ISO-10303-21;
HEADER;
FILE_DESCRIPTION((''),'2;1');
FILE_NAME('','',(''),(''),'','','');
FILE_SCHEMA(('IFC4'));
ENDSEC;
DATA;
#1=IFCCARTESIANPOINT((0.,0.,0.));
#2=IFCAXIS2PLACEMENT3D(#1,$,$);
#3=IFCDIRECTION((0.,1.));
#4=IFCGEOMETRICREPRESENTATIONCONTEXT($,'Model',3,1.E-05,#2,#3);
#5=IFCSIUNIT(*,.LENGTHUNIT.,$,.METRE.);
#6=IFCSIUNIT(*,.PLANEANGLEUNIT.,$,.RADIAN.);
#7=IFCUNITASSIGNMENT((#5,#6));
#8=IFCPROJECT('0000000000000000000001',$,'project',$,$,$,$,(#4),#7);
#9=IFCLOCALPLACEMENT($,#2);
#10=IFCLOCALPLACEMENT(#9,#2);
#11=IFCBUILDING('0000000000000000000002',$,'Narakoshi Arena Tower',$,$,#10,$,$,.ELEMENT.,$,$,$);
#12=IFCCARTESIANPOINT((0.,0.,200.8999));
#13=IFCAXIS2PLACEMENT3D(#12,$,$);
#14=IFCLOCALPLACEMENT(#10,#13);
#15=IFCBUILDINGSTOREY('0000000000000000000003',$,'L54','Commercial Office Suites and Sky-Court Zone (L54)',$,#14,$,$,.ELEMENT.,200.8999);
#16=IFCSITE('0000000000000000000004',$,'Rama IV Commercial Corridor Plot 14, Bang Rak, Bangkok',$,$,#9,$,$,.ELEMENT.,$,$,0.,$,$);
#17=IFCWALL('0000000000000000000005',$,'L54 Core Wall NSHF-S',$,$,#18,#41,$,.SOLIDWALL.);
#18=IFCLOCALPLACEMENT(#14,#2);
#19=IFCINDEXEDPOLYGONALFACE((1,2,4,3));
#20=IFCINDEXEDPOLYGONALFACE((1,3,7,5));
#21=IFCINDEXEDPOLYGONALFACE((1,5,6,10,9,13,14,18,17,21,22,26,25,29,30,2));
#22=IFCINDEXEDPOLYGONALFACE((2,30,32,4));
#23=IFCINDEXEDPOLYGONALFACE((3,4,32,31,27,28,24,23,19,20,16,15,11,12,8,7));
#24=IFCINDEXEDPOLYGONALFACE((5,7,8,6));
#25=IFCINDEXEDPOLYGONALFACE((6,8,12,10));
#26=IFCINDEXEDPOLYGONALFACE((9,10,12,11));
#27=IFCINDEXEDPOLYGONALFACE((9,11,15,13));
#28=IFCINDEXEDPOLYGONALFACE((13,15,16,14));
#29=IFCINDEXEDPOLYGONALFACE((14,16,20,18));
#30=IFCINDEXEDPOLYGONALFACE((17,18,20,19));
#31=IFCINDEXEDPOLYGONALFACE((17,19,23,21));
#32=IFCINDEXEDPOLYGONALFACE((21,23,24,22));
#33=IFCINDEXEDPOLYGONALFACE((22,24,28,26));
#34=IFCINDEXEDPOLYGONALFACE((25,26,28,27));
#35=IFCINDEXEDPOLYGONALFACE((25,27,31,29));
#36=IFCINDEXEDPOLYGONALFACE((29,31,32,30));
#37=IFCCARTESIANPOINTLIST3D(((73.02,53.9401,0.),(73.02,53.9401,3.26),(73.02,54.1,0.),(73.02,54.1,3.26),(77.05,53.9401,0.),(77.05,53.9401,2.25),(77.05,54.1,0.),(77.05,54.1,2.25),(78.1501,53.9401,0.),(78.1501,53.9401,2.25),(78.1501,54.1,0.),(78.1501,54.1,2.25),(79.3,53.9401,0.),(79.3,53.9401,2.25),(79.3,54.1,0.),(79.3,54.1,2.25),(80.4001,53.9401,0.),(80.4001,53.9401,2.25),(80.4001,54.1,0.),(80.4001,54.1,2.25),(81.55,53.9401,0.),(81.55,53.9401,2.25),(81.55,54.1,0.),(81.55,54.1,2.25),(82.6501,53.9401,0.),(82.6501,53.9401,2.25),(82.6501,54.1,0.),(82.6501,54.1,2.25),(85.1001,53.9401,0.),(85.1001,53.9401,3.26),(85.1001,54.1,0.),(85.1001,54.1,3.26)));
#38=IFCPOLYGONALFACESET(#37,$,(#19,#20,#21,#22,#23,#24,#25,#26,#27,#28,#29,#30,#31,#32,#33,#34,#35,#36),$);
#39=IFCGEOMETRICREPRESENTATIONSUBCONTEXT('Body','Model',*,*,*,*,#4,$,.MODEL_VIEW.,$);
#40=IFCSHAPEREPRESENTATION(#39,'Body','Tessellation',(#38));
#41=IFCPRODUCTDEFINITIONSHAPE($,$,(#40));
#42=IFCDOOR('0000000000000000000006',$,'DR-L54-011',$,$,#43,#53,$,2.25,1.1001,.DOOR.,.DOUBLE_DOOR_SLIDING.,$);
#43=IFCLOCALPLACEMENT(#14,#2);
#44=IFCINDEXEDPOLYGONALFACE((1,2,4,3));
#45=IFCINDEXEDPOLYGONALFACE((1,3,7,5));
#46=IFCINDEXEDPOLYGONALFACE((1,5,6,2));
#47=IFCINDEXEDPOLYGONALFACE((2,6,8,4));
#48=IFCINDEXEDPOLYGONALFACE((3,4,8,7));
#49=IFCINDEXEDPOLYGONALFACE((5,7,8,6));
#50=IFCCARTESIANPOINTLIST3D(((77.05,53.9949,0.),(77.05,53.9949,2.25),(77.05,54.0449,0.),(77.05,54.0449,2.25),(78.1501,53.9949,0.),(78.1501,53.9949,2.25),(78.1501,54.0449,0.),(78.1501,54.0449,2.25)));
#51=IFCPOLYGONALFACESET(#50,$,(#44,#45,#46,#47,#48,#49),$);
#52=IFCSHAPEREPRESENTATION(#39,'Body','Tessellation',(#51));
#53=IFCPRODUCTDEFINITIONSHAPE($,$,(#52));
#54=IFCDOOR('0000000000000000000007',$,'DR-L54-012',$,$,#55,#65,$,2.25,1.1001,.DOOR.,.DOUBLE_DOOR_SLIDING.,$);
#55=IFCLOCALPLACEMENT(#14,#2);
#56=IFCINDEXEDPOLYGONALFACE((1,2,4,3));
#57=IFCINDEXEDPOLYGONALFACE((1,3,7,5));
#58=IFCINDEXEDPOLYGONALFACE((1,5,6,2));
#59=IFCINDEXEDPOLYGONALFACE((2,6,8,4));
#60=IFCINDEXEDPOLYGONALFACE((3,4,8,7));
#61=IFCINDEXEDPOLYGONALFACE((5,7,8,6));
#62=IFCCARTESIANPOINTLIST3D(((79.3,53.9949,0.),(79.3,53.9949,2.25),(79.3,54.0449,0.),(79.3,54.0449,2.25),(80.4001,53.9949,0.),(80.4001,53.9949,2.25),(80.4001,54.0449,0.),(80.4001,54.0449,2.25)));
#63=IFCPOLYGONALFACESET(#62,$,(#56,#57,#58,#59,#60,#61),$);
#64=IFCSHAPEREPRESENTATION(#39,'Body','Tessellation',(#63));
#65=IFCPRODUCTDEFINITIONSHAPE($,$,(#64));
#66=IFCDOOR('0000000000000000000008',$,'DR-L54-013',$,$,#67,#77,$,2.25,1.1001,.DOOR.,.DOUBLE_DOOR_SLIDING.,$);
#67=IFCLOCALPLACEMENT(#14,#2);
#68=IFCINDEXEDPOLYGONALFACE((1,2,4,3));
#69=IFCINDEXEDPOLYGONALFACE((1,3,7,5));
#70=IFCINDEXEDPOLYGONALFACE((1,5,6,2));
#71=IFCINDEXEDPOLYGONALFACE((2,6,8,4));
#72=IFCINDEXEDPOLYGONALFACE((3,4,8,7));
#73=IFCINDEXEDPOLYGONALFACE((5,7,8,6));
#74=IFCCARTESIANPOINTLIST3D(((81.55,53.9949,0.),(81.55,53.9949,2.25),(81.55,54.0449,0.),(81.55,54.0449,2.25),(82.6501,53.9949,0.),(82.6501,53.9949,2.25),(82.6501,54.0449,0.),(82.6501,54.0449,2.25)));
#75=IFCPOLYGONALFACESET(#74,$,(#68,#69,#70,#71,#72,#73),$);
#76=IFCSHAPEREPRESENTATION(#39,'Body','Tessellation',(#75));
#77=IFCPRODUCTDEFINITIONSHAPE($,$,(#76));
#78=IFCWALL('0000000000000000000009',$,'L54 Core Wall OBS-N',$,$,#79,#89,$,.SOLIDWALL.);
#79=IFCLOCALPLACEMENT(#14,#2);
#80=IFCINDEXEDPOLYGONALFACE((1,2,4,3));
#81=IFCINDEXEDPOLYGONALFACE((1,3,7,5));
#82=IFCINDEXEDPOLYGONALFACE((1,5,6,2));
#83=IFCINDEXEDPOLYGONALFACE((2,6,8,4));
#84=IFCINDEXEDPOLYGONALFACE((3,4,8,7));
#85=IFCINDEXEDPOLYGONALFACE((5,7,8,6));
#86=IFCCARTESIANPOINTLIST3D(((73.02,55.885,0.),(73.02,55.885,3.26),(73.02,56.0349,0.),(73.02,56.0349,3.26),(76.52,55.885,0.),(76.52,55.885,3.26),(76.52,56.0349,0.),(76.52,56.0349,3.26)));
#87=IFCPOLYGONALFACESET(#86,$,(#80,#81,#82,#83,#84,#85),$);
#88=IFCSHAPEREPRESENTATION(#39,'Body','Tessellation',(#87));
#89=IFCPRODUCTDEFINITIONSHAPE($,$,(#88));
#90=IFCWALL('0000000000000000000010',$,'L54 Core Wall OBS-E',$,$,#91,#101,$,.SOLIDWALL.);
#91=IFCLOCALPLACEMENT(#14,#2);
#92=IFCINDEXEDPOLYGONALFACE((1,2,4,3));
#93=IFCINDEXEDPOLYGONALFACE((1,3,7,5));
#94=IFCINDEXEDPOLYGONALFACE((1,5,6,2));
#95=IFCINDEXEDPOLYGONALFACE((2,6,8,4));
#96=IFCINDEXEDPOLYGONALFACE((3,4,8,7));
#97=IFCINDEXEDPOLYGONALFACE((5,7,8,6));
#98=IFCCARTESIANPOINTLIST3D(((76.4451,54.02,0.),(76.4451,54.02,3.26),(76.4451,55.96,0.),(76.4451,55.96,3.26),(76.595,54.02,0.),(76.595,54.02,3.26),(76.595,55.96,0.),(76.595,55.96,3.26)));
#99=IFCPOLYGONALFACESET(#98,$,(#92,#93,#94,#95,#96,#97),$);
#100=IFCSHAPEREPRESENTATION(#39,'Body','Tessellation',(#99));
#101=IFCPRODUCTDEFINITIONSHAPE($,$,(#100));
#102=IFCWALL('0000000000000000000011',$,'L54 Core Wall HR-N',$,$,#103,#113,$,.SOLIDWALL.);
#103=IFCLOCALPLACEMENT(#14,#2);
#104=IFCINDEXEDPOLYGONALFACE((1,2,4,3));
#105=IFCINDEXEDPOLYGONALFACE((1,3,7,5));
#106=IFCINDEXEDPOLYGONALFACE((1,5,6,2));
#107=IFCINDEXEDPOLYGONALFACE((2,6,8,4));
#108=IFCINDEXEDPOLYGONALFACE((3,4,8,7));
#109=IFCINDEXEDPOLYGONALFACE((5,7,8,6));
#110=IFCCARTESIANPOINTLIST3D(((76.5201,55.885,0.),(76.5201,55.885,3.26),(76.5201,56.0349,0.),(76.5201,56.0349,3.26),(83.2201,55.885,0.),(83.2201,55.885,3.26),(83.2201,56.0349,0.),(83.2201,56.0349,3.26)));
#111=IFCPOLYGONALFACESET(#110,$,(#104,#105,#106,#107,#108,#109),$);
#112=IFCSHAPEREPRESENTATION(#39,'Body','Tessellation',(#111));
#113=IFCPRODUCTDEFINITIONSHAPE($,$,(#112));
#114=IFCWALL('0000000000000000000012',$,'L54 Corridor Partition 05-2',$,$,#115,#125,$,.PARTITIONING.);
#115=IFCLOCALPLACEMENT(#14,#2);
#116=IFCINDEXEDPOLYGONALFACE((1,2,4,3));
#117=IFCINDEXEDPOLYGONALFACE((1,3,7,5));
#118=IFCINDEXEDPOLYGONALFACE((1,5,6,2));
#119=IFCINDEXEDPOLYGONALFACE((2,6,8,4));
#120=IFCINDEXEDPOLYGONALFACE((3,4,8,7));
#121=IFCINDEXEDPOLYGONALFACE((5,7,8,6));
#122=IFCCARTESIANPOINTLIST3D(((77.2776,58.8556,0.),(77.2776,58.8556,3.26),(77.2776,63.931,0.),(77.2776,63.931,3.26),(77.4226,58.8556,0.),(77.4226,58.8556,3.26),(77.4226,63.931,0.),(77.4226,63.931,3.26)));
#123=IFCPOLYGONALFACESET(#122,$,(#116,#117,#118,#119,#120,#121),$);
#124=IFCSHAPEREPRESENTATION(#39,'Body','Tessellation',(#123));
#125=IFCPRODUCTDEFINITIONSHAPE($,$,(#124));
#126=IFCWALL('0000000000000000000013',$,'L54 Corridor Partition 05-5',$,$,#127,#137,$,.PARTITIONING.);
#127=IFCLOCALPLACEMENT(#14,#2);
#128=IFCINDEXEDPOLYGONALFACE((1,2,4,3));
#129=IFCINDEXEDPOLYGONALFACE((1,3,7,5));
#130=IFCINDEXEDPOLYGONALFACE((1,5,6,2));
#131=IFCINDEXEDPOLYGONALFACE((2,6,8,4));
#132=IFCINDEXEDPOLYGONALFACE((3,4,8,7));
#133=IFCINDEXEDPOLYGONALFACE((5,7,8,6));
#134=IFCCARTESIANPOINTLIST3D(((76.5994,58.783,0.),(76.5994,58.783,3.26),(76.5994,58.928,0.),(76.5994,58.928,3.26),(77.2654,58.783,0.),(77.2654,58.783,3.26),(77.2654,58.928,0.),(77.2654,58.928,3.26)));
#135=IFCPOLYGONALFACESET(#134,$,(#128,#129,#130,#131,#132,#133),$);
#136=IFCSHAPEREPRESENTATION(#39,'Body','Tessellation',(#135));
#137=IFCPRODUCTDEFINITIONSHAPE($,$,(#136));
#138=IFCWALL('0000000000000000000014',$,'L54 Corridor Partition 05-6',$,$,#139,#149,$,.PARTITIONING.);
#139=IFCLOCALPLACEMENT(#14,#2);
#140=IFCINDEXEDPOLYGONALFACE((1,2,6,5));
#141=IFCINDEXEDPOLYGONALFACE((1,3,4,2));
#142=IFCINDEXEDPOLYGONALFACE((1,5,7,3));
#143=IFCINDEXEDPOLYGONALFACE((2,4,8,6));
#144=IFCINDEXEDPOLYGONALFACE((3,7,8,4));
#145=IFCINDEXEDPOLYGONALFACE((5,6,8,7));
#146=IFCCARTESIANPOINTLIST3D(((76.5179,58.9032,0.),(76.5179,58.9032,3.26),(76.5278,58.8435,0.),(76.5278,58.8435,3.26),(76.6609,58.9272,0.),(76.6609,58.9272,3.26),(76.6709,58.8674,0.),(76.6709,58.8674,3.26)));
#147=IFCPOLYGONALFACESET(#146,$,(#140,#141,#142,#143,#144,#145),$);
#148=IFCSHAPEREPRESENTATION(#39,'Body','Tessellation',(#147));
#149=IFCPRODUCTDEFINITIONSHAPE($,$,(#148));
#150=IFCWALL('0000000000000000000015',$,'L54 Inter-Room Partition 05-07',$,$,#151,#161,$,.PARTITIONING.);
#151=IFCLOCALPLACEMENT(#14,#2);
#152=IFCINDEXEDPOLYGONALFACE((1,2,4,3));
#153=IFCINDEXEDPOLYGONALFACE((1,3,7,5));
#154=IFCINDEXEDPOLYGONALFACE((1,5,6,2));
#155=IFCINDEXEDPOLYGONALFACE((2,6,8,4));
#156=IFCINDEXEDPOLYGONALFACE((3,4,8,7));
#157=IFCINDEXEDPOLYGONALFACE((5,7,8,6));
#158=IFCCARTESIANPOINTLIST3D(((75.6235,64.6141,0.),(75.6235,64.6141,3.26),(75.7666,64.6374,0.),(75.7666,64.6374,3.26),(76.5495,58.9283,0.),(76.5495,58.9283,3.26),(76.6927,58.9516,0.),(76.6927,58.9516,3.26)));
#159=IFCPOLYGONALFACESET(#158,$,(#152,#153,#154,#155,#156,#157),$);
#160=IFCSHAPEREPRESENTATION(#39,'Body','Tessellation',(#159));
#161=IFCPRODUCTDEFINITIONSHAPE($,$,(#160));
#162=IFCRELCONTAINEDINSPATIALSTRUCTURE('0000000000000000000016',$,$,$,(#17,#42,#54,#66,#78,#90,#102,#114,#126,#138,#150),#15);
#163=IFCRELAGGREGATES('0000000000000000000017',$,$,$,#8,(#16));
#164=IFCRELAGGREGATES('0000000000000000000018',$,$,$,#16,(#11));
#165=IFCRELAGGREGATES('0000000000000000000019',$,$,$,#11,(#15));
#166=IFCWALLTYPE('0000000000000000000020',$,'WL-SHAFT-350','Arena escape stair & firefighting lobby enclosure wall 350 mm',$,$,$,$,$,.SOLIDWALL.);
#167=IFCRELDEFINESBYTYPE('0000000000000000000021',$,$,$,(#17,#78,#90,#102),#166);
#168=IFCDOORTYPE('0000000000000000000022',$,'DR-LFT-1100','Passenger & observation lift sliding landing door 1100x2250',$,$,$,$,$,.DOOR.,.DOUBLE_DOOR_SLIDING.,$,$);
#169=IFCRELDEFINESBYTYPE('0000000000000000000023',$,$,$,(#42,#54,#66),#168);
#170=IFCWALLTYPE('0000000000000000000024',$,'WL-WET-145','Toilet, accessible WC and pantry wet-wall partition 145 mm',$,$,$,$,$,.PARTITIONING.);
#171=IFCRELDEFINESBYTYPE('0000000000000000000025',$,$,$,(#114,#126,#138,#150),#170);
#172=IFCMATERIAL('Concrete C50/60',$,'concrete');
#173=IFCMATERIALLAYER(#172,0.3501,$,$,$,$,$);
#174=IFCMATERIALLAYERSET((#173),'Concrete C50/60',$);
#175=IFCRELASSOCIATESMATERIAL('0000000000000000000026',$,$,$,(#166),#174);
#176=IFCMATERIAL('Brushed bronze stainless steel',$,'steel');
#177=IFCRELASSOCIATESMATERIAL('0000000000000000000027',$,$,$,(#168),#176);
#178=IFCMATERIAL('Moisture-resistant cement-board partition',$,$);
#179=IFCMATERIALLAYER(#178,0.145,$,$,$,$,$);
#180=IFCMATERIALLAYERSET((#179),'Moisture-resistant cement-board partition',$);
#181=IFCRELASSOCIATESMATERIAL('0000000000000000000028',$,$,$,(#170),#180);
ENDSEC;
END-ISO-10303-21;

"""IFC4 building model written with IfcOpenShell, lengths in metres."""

from ifc_helpers import new_model, si_unit, direction, frame, frame_2d, origin, place, context, subcontext, project, spatial, rectangle, extrude, material, layer, layer_set, type_object, element, fill, save


model = new_model("IFC4")

# Units and contexts
model_context = context("Model", 3, precision=1e-05, world=origin(), true_north=direction((0.0, 1.0)))
body_context = subcontext(model_context, "Body", "Model", "MODEL_VIEW")
ifc_project = project(units=[si_unit("LENGTHUNIT", "METRE"), si_unit("PLANEANGLEUNIT", "RADIAN")], contexts=[model_context])

# Site, building, storey
site_placement = place(None, origin())
site = spatial("IfcSite", under=ifc_project, at=site_placement, Name="Rama IV Commercial Corridor Plot 14, Bang Rak, Bangkok", CompositionType="ELEMENT", RefElevation=0.0)
building_placement = place(site_placement, origin())
building = spatial("IfcBuilding", under=site, at=building_placement, Name="Narakoshi Arena Tower", CompositionType="ELEMENT")
storey_placement = place(building_placement, frame((0.0, 0.0, 200.8999)))
storey = spatial("IfcBuildingStorey", under=building, at=storey_placement, Name="L54", Description="Commercial Office Suites and Sky-Court Zone (L54)", CompositionType="ELEMENT", Elevation=200.8999)

# Shared definitions
ifc_material_1 = material(Name="Concrete C50/60", Category="concrete")
ifc_layer_1 = layer(ifc_material_1, 0.3501)
ifc_layer_set_1 = layer_set([ifc_layer_1], Name="Concrete C50/60")
wall_type_1 = type_object("IfcWallType", Name="WL-SHAFT-350", Description="Arena escape stair & firefighting lobby enclosure wall 350 mm", PredefinedType="SOLIDWALL", material=ifc_layer_set_1)

# Wall, openings, doors
wall_1_placement = place(storey_placement, frame((73.02, 54.02, 0.0), z_axis=(0.0, 0.0, 1.0), x_axis=(1.0, 0.0, 0.0)))
wall_1 = element("IfcWall", 1, at=wall_1_placement, inside=storey, type_object=wall_type_1, Name="L54 Core Wall NSHF-S", PredefinedType="SOLIDWALL", context=body_context, shape_type="SweptSolid", body=[
    extrude(rectangle(XDim=12.0801, YDim=0.1599, at=frame_2d((6.04, 0.0))), origin(), (0.0, 0.0, 1.0), 3.26),
])
opening_1_placement = place(wall_1_placement, frame((4.03, 0.0, 0.0)))
opening_1 = element("IfcOpeningElement", 2, at=opening_1_placement, cuts=wall_1, PredefinedType="OPENING", context=body_context, shape_type="SweptSolid", body=[
    extrude(rectangle(XDim=1.1001, YDim=2.25, at=frame_2d((0.55, 1.125))), frame((0.0, 0.0898, 0.0), z_axis=(0.0, -1.0, 0.0), x_axis=(1.0, 0.0, 0.0)), (0.0, 0.0, 1.0), 0.1799),
])
opening_2_placement = place(wall_1_placement, frame((6.28, 0.0, 0.0)))
opening_2 = element("IfcOpeningElement", 3, at=opening_2_placement, cuts=wall_1, PredefinedType="OPENING", context=body_context, shape_type="SweptSolid", body=[
    extrude(rectangle(XDim=1.1001, YDim=2.25, at=frame_2d((0.55, 1.125))), frame((0.0, 0.0898, 0.0), z_axis=(0.0, -1.0, 0.0), x_axis=(1.0, 0.0, 0.0)), (0.0, 0.0, 1.0), 0.1799),
])
opening_3_placement = place(wall_1_placement, frame((8.53, 0.0, 0.0)))
opening_3 = element("IfcOpeningElement", 4, at=opening_3_placement, cuts=wall_1, PredefinedType="OPENING", context=body_context, shape_type="SweptSolid", body=[
    extrude(rectangle(XDim=1.1001, YDim=2.25, at=frame_2d((0.55, 1.125))), frame((0.0, 0.0898, 0.0), z_axis=(0.0, -1.0, 0.0), x_axis=(1.0, 0.0, 0.0)), (0.0, 0.0, 1.0), 0.1799),
])
ifc_material_2 = material(Name="Brushed bronze stainless steel", Category="steel")
door_type_1 = type_object("IfcDoorType", Name="DR-LFT-1100", Description="Passenger & observation lift sliding landing door 1100x2250", OperationType="DOUBLE_DOOR_SLIDING", PredefinedType="DOOR", material=ifc_material_2)
door_1_placement = place(opening_1_placement, origin())
door_1 = element("IfcDoor", 5, at=door_1_placement, inside=storey, type_object=door_type_1, Name="DR-L54-011", OperationType="DOUBLE_DOOR_SLIDING", OverallHeight=2.25, OverallWidth=1.1001, PredefinedType="DOOR", context=body_context, shape_type="SweptSolid", body=[
    extrude(rectangle(XDim=1.1001, YDim=2.25, at=frame_2d((0.55, 1.125))), frame((0.0, 0.0249, 0.0), z_axis=(0.0, -1.0, 0.0), x_axis=(1.0, 0.0, 0.0)), (0.0, 0.0, 1.0), 0.05),
])
fill(opening_1, door_1)
door_2_placement = place(opening_2_placement, origin())
door_2 = element("IfcDoor", 6, at=door_2_placement, inside=storey, type_object=door_type_1, Name="DR-L54-012", OperationType="DOUBLE_DOOR_SLIDING", OverallHeight=2.25, OverallWidth=1.1001, PredefinedType="DOOR", context=body_context, shape_type="SweptSolid", body=[
    extrude(rectangle(XDim=1.1001, YDim=2.25, at=frame_2d((0.55, 1.125))), frame((0.0, 0.0249, 0.0), z_axis=(0.0, -1.0, 0.0), x_axis=(1.0, 0.0, 0.0)), (0.0, 0.0, 1.0), 0.05),
])
fill(opening_2, door_2)
door_3_placement = place(opening_3_placement, origin())
door_3 = element("IfcDoor", 7, at=door_3_placement, inside=storey, type_object=door_type_1, Name="DR-L54-013", OperationType="DOUBLE_DOOR_SLIDING", OverallHeight=2.25, OverallWidth=1.1001, PredefinedType="DOOR", context=body_context, shape_type="SweptSolid", body=[
    extrude(rectangle(XDim=1.1001, YDim=2.25, at=frame_2d((0.55, 1.125))), frame((0.0, 0.0249, 0.0), z_axis=(0.0, -1.0, 0.0), x_axis=(1.0, 0.0, 0.0)), (0.0, 0.0, 1.0), 0.05),
])
fill(opening_3, door_3)

# Walls
wall_2_placement = place(storey_placement, frame((73.02, 55.96, 0.0), z_axis=(0.0, 0.0, 1.0), x_axis=(1.0, 0.0, 0.0)))
element("IfcWall", 8, at=wall_2_placement, inside=storey, type_object=wall_type_1, Name="L54 Core Wall OBS-N", PredefinedType="SOLIDWALL", context=body_context, shape_type="SweptSolid", body=[
    extrude(rectangle(XDim=3.5, YDim=0.1499, at=frame_2d((1.75, 0.0))), origin(), (0.0, 0.0, 1.0), 3.26),
])
wall_3_placement = place(storey_placement, frame((76.52, 54.02, 0.0), z_axis=(0.0, 0.0, 1.0), x_axis=(0.0, 1.0, 0.0)))
element("IfcWall", 9, at=wall_3_placement, inside=storey, type_object=wall_type_1, Name="L54 Core Wall OBS-E", PredefinedType="SOLIDWALL", context=body_context, shape_type="SweptSolid", body=[
    extrude(rectangle(XDim=1.9399, YDim=0.1499, at=frame_2d((0.97, 0.0))), origin(), (0.0, 0.0, 1.0), 3.26),
])
wall_4_placement = place(storey_placement, frame((76.52, 55.96, 0.0), z_axis=(0.0, 0.0, 1.0), x_axis=(1.0, 0.0, 0.0)))
element("IfcWall", 10, at=wall_4_placement, inside=storey, type_object=wall_type_1, Name="L54 Core Wall HR-N", PredefinedType="SOLIDWALL", context=body_context, shape_type="SweptSolid", body=[
    extrude(rectangle(XDim=6.7, YDim=0.1499, at=frame_2d((3.3501, 0.0))), origin(), (0.0, 0.0, 1.0), 3.26),
])
ifc_material_3 = material(Name="Moisture-resistant cement-board partition")
ifc_layer_2 = layer(ifc_material_3, 0.145)
ifc_layer_set_2 = layer_set([ifc_layer_2], Name="Moisture-resistant cement-board partition")
wall_type_2 = type_object("IfcWallType", Name="WL-WET-145", Description="Toilet, accessible WC and pantry wet-wall partition 145 mm", PredefinedType="PARTITIONING", material=ifc_layer_set_2)
wall_5_placement = place(storey_placement, frame((77.3501, 63.9309, 0.0), z_axis=(0.0, 0.0, 1.0), x_axis=(0.0, -1.0, 0.0)))
element("IfcWall", 11, at=wall_5_placement, inside=storey, type_object=wall_type_2, Name="L54 Corridor Partition 05-2", PredefinedType="PARTITIONING", context=body_context, shape_type="SweptSolid", body=[
    extrude(rectangle(XDim=5.0754, YDim=0.145, at=frame_2d((2.5376, 0.0))), origin(), (0.0, 0.0, 1.0), 3.26),
])
wall_6_placement = place(storey_placement, frame((77.2654, 58.8555, 0.0), z_axis=(0.0, 0.0, 1.0), x_axis=(-1.0, 0.0, 0.0)))
element("IfcWall", 12, at=wall_6_placement, inside=storey, type_object=wall_type_2, Name="L54 Corridor Partition 05-5", PredefinedType="PARTITIONING", context=body_context, shape_type="SweptSolid", body=[
    extrude(rectangle(XDim=0.666, YDim=0.145, at=frame_2d((0.333, 0.0))), origin(), (0.0, 0.0, 1.0), 3.26),
])
wall_7_placement = place(storey_placement, frame((76.5994, 58.8555, 0.0), z_axis=(0.0, 0.0, 1.0), x_axis=(-0.165052, 0.986285, 0.0)))
element("IfcWall", 13, at=wall_7_placement, inside=storey, type_object=wall_type_2, Name="L54 Corridor Partition 05-6", PredefinedType="PARTITIONING", context=body_context, shape_type="SweptSolid", body=[
    extrude(rectangle(XDim=0.0605, YDim=0.145, at=frame_2d((0.0303, 0.0))), origin(), (0.0, 0.0, 1.0), 3.26),
])
wall_8_placement = place(storey_placement, frame((76.6211, 58.9399, 0.0), z_axis=(0.0, 0.0, 1.0), x_axis=(-0.160749, 0.986995, 0.0)))
element("IfcWall", 14, at=wall_8_placement, inside=storey, type_object=wall_type_2, Name="L54 Inter-Room Partition 05-07", PredefinedType="PARTITIONING", context=body_context, shape_type="SweptSolid", body=[
    extrude(rectangle(XDim=5.7607, YDim=0.145, at=frame_2d((2.8804, 0.0))), origin(), (0.0, 0.0, 1.0), 3.26),
])

save(model, "model.ifc")
